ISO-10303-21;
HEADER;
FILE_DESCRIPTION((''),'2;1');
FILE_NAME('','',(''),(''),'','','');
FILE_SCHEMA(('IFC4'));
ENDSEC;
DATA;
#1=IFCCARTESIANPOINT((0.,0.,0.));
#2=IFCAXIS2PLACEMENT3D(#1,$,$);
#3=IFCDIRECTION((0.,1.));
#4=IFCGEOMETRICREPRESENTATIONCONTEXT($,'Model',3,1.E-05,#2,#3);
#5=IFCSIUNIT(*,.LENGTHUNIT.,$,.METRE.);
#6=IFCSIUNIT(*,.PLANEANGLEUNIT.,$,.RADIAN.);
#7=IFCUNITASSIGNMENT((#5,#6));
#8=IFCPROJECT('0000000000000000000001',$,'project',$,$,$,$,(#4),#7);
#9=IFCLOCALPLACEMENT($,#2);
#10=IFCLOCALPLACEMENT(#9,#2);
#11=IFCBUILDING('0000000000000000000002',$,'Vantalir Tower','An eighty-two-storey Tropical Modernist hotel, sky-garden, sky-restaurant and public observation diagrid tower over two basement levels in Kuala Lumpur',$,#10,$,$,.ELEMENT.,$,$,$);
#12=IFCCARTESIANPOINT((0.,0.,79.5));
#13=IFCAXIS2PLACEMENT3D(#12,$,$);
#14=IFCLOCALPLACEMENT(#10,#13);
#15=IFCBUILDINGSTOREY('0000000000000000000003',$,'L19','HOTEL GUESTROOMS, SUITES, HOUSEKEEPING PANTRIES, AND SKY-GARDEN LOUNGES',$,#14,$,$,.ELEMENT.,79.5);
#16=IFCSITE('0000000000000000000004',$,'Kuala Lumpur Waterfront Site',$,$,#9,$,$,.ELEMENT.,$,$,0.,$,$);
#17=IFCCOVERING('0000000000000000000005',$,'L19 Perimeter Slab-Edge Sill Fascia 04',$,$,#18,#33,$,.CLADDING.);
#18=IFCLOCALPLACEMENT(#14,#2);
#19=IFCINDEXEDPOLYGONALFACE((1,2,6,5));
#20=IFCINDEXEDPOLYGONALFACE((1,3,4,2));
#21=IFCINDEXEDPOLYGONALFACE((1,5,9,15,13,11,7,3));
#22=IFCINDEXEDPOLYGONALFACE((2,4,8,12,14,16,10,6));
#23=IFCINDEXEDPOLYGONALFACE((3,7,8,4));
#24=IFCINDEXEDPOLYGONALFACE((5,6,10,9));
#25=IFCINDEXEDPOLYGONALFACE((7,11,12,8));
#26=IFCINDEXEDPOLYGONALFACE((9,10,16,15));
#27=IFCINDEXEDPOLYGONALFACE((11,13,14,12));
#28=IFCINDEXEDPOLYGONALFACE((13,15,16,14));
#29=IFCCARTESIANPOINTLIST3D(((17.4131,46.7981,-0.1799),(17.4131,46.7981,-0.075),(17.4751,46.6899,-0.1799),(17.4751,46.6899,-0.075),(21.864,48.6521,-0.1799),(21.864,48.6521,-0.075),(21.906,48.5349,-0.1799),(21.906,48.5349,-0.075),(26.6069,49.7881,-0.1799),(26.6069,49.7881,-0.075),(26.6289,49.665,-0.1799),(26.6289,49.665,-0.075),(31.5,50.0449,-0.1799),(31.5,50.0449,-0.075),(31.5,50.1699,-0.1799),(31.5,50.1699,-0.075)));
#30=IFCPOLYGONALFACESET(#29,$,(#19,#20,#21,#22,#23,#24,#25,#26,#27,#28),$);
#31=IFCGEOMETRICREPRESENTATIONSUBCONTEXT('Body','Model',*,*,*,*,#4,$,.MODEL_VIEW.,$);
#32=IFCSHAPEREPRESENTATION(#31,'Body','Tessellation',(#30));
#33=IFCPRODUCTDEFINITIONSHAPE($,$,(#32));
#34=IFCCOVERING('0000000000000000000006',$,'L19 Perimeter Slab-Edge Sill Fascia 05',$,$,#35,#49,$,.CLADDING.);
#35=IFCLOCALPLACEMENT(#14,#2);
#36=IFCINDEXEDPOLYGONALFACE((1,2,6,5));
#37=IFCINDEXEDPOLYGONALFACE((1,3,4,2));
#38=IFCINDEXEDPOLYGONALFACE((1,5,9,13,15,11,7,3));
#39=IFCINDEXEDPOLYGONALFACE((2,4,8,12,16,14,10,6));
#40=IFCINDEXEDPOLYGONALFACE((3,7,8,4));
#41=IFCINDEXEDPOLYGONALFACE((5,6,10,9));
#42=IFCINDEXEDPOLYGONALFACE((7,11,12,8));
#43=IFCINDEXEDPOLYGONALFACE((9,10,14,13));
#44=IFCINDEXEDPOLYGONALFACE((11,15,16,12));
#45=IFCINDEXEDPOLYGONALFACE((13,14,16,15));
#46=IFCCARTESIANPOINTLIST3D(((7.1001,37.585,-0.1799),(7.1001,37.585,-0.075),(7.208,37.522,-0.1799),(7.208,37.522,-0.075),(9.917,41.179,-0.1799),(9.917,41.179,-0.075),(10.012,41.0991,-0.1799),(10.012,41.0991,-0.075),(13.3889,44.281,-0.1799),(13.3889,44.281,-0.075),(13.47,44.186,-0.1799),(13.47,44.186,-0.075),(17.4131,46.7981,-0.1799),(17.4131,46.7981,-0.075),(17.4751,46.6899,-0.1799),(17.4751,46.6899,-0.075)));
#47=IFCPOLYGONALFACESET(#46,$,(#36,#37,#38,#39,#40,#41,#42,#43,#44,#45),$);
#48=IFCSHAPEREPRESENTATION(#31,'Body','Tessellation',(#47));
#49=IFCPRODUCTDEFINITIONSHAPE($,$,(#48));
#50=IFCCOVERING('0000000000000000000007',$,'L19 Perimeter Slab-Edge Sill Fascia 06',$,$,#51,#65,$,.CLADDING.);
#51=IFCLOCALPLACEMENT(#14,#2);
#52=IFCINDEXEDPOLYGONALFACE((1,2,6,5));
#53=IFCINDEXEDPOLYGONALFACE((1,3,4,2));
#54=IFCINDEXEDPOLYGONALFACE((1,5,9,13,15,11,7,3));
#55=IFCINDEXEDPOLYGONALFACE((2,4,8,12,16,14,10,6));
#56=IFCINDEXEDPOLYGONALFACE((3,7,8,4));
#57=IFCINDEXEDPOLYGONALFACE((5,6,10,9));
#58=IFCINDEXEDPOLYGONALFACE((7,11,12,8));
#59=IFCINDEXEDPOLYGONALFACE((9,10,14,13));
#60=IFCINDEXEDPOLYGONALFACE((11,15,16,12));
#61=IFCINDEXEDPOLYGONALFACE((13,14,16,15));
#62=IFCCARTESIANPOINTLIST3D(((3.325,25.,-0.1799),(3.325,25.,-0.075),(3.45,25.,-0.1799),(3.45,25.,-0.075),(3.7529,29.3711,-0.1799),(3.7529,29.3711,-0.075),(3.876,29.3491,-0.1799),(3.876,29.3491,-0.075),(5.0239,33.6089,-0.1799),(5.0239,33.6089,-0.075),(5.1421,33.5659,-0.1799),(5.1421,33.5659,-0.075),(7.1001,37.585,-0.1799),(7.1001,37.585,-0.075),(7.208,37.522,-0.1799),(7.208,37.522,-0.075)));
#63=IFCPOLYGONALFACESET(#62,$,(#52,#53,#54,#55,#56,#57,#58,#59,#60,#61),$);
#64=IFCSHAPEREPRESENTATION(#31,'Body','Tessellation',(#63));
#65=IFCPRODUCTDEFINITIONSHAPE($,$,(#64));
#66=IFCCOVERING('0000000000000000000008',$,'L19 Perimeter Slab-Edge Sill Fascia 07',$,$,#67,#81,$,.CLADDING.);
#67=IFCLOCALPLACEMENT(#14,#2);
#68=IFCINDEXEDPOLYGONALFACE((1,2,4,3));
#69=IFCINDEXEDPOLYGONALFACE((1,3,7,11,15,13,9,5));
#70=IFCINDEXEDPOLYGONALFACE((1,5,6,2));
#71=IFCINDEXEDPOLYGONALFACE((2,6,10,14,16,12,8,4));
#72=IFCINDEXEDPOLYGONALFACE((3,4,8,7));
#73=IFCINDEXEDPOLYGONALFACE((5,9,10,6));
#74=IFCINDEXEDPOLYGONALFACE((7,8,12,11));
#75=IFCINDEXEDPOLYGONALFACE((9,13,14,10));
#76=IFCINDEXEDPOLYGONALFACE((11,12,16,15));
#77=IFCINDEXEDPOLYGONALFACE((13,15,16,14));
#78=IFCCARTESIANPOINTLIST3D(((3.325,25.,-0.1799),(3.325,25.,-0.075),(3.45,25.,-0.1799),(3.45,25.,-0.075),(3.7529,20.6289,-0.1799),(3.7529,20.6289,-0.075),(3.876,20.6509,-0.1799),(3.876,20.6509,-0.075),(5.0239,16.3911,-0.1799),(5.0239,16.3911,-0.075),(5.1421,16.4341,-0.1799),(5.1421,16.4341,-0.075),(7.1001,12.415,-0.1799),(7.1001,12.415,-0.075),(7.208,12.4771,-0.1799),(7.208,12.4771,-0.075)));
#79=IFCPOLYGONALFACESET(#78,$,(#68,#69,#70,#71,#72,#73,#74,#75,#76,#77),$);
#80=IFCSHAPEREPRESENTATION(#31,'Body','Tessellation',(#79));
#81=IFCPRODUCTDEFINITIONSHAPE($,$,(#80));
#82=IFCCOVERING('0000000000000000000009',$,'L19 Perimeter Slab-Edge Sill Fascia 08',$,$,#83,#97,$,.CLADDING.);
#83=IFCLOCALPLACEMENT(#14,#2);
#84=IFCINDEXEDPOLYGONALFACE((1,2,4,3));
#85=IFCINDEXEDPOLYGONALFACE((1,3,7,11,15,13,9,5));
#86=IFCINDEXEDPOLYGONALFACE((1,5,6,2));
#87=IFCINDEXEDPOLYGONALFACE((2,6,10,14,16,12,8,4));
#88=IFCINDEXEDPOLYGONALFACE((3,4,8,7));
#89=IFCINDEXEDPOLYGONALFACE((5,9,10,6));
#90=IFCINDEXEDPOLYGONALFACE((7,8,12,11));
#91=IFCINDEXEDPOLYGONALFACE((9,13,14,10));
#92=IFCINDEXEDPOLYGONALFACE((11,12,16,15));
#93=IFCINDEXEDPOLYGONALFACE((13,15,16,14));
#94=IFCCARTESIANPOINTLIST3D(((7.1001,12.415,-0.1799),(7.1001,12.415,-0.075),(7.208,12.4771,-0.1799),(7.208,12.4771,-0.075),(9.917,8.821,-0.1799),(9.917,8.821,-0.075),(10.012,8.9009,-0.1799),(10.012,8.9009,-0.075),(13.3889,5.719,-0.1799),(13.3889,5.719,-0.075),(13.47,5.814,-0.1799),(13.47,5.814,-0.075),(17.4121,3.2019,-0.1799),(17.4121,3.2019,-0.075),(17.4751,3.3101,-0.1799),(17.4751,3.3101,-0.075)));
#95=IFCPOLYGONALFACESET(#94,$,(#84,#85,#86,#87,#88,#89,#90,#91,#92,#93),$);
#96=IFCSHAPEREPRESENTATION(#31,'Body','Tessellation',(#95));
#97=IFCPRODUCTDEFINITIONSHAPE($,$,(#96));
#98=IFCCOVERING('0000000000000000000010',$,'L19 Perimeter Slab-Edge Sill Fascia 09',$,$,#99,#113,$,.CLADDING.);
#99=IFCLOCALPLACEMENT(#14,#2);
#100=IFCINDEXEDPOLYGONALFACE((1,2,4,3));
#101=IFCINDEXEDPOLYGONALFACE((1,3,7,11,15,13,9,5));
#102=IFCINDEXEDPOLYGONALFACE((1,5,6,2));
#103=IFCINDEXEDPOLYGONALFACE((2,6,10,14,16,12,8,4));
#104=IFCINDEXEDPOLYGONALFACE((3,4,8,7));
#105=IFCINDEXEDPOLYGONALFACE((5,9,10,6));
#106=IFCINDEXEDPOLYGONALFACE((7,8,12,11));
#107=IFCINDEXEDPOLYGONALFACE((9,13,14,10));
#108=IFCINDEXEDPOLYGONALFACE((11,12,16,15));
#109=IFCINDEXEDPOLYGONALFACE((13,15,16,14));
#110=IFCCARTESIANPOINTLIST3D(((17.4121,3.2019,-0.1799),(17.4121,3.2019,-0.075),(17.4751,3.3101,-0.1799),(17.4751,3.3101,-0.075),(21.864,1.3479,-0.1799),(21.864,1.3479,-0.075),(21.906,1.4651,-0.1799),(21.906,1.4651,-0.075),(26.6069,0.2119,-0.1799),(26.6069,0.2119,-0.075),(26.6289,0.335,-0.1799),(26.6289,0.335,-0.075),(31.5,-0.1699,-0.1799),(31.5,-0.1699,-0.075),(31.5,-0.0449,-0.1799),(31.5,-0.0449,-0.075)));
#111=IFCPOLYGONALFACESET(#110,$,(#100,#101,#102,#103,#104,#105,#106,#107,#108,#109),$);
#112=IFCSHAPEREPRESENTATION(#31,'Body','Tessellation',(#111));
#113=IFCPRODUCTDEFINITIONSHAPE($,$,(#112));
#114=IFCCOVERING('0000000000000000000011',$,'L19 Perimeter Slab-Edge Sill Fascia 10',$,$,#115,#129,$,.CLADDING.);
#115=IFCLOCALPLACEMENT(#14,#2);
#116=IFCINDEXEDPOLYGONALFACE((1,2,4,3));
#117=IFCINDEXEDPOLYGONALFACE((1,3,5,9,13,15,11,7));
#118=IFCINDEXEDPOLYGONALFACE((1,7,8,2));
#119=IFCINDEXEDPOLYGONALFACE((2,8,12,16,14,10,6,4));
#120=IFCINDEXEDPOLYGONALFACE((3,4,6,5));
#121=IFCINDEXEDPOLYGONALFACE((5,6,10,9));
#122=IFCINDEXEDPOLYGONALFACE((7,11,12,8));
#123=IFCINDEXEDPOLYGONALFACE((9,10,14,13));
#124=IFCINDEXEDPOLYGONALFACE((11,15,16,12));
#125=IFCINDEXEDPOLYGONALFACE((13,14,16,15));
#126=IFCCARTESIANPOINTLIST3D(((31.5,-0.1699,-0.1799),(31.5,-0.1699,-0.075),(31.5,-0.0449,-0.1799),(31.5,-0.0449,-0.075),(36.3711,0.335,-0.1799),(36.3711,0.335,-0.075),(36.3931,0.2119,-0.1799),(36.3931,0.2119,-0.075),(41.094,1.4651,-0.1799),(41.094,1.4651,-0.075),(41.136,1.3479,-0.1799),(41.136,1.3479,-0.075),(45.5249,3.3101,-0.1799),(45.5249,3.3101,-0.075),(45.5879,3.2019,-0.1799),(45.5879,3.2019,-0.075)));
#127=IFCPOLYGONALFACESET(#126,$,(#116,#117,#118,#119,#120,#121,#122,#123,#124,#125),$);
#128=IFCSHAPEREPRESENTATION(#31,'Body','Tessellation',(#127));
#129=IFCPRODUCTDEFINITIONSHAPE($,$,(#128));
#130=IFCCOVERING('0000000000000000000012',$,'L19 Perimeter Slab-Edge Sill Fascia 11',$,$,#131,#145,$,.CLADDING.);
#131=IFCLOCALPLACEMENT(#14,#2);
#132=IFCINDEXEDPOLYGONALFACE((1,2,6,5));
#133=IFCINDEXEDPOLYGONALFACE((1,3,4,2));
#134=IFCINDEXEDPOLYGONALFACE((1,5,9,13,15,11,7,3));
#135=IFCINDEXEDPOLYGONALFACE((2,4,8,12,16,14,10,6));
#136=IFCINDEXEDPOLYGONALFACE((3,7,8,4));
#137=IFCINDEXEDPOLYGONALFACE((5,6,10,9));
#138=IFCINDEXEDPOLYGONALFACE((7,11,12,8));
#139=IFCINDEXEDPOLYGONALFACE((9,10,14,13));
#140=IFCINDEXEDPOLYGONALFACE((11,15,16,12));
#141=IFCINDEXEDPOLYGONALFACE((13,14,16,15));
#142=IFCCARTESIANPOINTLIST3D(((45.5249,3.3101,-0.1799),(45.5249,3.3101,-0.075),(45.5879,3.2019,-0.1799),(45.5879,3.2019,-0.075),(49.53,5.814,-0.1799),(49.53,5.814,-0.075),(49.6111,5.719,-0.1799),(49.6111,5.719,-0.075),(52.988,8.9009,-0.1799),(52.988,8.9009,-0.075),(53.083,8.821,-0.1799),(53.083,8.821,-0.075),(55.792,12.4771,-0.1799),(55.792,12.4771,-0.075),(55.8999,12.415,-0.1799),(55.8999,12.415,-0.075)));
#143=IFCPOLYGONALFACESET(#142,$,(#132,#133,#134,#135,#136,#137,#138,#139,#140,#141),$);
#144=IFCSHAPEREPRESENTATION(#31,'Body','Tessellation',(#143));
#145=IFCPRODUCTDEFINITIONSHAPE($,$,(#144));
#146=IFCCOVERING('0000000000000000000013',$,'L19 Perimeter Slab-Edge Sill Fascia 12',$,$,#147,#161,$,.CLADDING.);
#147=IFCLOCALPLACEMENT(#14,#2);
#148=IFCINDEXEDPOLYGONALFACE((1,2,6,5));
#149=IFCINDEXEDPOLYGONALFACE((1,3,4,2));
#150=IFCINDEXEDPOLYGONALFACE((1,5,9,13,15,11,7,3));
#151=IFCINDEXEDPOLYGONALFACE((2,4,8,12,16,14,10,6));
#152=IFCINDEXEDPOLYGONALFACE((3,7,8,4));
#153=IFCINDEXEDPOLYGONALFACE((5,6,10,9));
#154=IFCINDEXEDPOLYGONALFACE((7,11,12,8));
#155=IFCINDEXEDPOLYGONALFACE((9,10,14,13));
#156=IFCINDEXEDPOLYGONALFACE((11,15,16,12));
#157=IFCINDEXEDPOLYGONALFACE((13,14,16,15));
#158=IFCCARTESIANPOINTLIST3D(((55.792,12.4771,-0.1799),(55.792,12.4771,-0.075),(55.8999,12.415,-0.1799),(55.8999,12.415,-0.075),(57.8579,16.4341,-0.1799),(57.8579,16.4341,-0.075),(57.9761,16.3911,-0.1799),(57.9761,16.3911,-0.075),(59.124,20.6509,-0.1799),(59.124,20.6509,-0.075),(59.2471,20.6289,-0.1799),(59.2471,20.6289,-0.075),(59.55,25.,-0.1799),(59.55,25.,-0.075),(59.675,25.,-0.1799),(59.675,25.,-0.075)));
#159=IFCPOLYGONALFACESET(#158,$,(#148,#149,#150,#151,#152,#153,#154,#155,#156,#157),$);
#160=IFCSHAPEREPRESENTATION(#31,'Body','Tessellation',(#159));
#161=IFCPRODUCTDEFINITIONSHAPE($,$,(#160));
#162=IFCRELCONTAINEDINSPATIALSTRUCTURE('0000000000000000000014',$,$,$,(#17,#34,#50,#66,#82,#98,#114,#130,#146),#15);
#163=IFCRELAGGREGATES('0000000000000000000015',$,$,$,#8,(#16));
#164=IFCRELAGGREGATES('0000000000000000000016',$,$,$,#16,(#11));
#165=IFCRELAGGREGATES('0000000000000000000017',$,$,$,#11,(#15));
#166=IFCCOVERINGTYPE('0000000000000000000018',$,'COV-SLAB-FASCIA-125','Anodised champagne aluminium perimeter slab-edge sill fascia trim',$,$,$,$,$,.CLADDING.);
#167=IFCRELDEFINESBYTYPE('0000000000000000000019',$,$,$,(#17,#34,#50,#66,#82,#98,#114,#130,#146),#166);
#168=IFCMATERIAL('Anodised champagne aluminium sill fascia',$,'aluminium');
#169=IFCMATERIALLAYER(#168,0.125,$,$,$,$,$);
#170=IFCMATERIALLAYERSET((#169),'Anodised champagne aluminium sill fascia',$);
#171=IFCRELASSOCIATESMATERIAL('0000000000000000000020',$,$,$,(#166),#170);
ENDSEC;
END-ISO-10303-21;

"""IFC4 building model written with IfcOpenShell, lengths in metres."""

from ifc_helpers import new_model, si_unit, direction, frame, origin, place, context, subcontext, project, spatial, polyline, outline, extrude, material, layer, layer_set, type_object, element, save


model = new_model("IFC4")

# Units and contexts
model_context = context("Model", 3, precision=1e-05, world=origin(), true_north=direction((0.0, 1.0)))
body_context = subcontext(model_context, "Body", "Model", "MODEL_VIEW")
ifc_project = project(units=[si_unit("LENGTHUNIT", "METRE"), si_unit("PLANEANGLEUNIT", "RADIAN")], contexts=[model_context])

# Site, building, storey
site_placement = place(None, origin())
site = spatial("IfcSite", under=ifc_project, at=site_placement, Name="Kuala Lumpur Waterfront Site", CompositionType="ELEMENT", RefElevation=0.0)
building_placement = place(site_placement, origin())
building = spatial("IfcBuilding", under=site, at=building_placement, Name="Vantalir Tower", Description="An eighty-two-storey Tropical Modernist hotel, sky-garden, sky-restaurant and public observation diagrid tower over two basement levels in Kuala Lumpur", CompositionType="ELEMENT")
storey_placement = place(building_placement, frame((0.0, 0.0, 79.5)))
storey = spatial("IfcBuildingStorey", under=building, at=storey_placement, Name="L19", Description="HOTEL GUESTROOMS, SUITES, HOUSEKEEPING PANTRIES, AND SKY-GARDEN LOUNGES", CompositionType="ELEMENT", Elevation=79.5)

# Coverings
ifc_material_1 = material(Name="Anodised champagne aluminium sill fascia", Category="aluminium")
ifc_layer_1 = layer(ifc_material_1, 0.125)
ifc_layer_set_1 = layer_set([ifc_layer_1], Name="Anodised champagne aluminium sill fascia")
covering_type = type_object("IfcCoveringType", Name="COV-SLAB-FASCIA-125", Description="Anodised champagne aluminium perimeter slab-edge sill fascia trim", PredefinedType="CLADDING", material=ifc_layer_set_1)
covering_1_placement = place(storey_placement, frame((0.0, 0.0, -0.1799)))
element("IfcCovering", 1, at=covering_1_placement, inside=storey, type_object=covering_type, Name="L19 Perimeter Slab-Edge Sill Fascia 04", PredefinedType="CLADDING", context=body_context, shape_type="SweptSolid", body=[
    extrude(outline(polyline([(31.5, 50.1699), (26.6069, 49.7881), (21.864, 48.6521), (17.4131, 46.7981), (17.4751, 46.6899), (21.906, 48.5349), (26.6289, 49.665), (31.5, 50.0449), (31.5, 50.1699)])), origin(), (0.0, 0.0, 1.0), 0.105),
])
covering_2_placement = place(storey_placement, frame((0.0, 0.0, -0.1799)))
element("IfcCovering", 2, at=covering_2_placement, inside=storey, type_object=covering_type, Name="L19 Perimeter Slab-Edge Sill Fascia 05", PredefinedType="CLADDING", context=body_context, shape_type="SweptSolid", body=[
    extrude(outline(polyline([(17.4131, 46.7981), (13.3889, 44.281), (9.917, 41.179), (7.1001, 37.585), (7.208, 37.522), (10.012, 41.0991), (13.47, 44.186), (17.4751, 46.6899), (17.4131, 46.7981)])), origin(), (0.0, 0.0, 1.0), 0.105),
])
covering_3_placement = place(storey_placement, frame((0.0, 0.0, -0.1799)))
element("IfcCovering", 3, at=covering_3_placement, inside=storey, type_object=covering_type, Name="L19 Perimeter Slab-Edge Sill Fascia 06", PredefinedType="CLADDING", context=body_context, shape_type="SweptSolid", body=[
    extrude(outline(polyline([(7.1001, 37.585), (5.0239, 33.6089), (3.7529, 29.3711), (3.325, 25.0), (3.45, 25.0), (3.876, 29.3491), (5.1421, 33.5659), (7.208, 37.522), (7.1001, 37.585)])), origin(), (0.0, 0.0, 1.0), 0.105),
])
covering_4_placement = place(storey_placement, frame((0.0, 0.0, -0.1799)))
element("IfcCovering", 4, at=covering_4_placement, inside=storey, type_object=covering_type, Name="L19 Perimeter Slab-Edge Sill Fascia 07", PredefinedType="CLADDING", context=body_context, shape_type="SweptSolid", body=[
    extrude(outline(polyline([(3.325, 25.0), (3.7529, 20.6289), (5.0239, 16.3911), (7.1001, 12.415), (7.208, 12.4771), (5.1421, 16.4341), (3.876, 20.6509), (3.45, 25.0), (3.325, 25.0)])), origin(), (0.0, 0.0, 1.0), 0.105),
])
covering_5_placement = place(storey_placement, frame((0.0, 0.0, -0.1799)))
element("IfcCovering", 5, at=covering_5_placement, inside=storey, type_object=covering_type, Name="L19 Perimeter Slab-Edge Sill Fascia 08", PredefinedType="CLADDING", context=body_context, shape_type="SweptSolid", body=[
    extrude(outline(polyline([(7.1001, 12.415), (9.917, 8.821), (13.3889, 5.719), (17.4121, 3.2019), (17.4751, 3.3101), (13.47, 5.814), (10.012, 8.9009), (7.208, 12.4771), (7.1001, 12.415)])), origin(), (0.0, 0.0, 1.0), 0.105),
])
covering_6_placement = place(storey_placement, frame((0.0, 0.0, -0.1799)))
element("IfcCovering", 6, at=covering_6_placement, inside=storey, type_object=covering_type, Name="L19 Perimeter Slab-Edge Sill Fascia 09", PredefinedType="CLADDING", context=body_context, shape_type="SweptSolid", body=[
    extrude(outline(polyline([(17.4121, 3.2019), (21.864, 1.3479), (26.6069, 0.2119), (31.5, -0.1699), (31.5, -0.0449), (26.6289, 0.335), (21.906, 1.4651), (17.4751, 3.3101), (17.4121, 3.2019)])), origin(), (0.0, 0.0, 1.0), 0.105),
])
covering_7_placement = place(storey_placement, frame((0.0, 0.0, -0.1799)))
element("IfcCovering", 7, at=covering_7_placement, inside=storey, type_object=covering_type, Name="L19 Perimeter Slab-Edge Sill Fascia 10", PredefinedType="CLADDING", context=body_context, shape_type="SweptSolid", body=[
    extrude(outline(polyline([(31.5, -0.1699), (36.3931, 0.2119), (41.136, 1.3479), (45.5879, 3.2019), (45.5249, 3.3101), (41.094, 1.4651), (36.3711, 0.335), (31.5, -0.0449), (31.5, -0.1699)])), origin(), (0.0, 0.0, 1.0), 0.105),
])
covering_8_placement = place(storey_placement, frame((0.0, 0.0, -0.1799)))
element("IfcCovering", 8, at=covering_8_placement, inside=storey, type_object=covering_type, Name="L19 Perimeter Slab-Edge Sill Fascia 11", PredefinedType="CLADDING", context=body_context, shape_type="SweptSolid", body=[
    extrude(outline(polyline([(45.5879, 3.2019), (49.6111, 5.719), (53.083, 8.821), (55.8999, 12.415), (55.792, 12.4771), (52.988, 8.9009), (49.53, 5.814), (45.5249, 3.3101), (45.5879, 3.2019)])), origin(), (0.0, 0.0, 1.0), 0.105),
])
covering_9_placement = place(storey_placement, frame((0.0, 0.0, -0.1799)))
element("IfcCovering", 9, at=covering_9_placement, inside=storey, type_object=covering_type, Name="L19 Perimeter Slab-Edge Sill Fascia 12", PredefinedType="CLADDING", context=body_context, shape_type="SweptSolid", body=[
    extrude(outline(polyline([(55.8999, 12.415), (57.9761, 16.3911), (59.2471, 20.6289), (59.675, 25.0), (59.55, 25.0), (59.124, 20.6509), (57.8579, 16.4341), (55.792, 12.4771), (55.8999, 12.415)])), origin(), (0.0, 0.0, 1.0), 0.105),
])

save(model, "model.ifc")
